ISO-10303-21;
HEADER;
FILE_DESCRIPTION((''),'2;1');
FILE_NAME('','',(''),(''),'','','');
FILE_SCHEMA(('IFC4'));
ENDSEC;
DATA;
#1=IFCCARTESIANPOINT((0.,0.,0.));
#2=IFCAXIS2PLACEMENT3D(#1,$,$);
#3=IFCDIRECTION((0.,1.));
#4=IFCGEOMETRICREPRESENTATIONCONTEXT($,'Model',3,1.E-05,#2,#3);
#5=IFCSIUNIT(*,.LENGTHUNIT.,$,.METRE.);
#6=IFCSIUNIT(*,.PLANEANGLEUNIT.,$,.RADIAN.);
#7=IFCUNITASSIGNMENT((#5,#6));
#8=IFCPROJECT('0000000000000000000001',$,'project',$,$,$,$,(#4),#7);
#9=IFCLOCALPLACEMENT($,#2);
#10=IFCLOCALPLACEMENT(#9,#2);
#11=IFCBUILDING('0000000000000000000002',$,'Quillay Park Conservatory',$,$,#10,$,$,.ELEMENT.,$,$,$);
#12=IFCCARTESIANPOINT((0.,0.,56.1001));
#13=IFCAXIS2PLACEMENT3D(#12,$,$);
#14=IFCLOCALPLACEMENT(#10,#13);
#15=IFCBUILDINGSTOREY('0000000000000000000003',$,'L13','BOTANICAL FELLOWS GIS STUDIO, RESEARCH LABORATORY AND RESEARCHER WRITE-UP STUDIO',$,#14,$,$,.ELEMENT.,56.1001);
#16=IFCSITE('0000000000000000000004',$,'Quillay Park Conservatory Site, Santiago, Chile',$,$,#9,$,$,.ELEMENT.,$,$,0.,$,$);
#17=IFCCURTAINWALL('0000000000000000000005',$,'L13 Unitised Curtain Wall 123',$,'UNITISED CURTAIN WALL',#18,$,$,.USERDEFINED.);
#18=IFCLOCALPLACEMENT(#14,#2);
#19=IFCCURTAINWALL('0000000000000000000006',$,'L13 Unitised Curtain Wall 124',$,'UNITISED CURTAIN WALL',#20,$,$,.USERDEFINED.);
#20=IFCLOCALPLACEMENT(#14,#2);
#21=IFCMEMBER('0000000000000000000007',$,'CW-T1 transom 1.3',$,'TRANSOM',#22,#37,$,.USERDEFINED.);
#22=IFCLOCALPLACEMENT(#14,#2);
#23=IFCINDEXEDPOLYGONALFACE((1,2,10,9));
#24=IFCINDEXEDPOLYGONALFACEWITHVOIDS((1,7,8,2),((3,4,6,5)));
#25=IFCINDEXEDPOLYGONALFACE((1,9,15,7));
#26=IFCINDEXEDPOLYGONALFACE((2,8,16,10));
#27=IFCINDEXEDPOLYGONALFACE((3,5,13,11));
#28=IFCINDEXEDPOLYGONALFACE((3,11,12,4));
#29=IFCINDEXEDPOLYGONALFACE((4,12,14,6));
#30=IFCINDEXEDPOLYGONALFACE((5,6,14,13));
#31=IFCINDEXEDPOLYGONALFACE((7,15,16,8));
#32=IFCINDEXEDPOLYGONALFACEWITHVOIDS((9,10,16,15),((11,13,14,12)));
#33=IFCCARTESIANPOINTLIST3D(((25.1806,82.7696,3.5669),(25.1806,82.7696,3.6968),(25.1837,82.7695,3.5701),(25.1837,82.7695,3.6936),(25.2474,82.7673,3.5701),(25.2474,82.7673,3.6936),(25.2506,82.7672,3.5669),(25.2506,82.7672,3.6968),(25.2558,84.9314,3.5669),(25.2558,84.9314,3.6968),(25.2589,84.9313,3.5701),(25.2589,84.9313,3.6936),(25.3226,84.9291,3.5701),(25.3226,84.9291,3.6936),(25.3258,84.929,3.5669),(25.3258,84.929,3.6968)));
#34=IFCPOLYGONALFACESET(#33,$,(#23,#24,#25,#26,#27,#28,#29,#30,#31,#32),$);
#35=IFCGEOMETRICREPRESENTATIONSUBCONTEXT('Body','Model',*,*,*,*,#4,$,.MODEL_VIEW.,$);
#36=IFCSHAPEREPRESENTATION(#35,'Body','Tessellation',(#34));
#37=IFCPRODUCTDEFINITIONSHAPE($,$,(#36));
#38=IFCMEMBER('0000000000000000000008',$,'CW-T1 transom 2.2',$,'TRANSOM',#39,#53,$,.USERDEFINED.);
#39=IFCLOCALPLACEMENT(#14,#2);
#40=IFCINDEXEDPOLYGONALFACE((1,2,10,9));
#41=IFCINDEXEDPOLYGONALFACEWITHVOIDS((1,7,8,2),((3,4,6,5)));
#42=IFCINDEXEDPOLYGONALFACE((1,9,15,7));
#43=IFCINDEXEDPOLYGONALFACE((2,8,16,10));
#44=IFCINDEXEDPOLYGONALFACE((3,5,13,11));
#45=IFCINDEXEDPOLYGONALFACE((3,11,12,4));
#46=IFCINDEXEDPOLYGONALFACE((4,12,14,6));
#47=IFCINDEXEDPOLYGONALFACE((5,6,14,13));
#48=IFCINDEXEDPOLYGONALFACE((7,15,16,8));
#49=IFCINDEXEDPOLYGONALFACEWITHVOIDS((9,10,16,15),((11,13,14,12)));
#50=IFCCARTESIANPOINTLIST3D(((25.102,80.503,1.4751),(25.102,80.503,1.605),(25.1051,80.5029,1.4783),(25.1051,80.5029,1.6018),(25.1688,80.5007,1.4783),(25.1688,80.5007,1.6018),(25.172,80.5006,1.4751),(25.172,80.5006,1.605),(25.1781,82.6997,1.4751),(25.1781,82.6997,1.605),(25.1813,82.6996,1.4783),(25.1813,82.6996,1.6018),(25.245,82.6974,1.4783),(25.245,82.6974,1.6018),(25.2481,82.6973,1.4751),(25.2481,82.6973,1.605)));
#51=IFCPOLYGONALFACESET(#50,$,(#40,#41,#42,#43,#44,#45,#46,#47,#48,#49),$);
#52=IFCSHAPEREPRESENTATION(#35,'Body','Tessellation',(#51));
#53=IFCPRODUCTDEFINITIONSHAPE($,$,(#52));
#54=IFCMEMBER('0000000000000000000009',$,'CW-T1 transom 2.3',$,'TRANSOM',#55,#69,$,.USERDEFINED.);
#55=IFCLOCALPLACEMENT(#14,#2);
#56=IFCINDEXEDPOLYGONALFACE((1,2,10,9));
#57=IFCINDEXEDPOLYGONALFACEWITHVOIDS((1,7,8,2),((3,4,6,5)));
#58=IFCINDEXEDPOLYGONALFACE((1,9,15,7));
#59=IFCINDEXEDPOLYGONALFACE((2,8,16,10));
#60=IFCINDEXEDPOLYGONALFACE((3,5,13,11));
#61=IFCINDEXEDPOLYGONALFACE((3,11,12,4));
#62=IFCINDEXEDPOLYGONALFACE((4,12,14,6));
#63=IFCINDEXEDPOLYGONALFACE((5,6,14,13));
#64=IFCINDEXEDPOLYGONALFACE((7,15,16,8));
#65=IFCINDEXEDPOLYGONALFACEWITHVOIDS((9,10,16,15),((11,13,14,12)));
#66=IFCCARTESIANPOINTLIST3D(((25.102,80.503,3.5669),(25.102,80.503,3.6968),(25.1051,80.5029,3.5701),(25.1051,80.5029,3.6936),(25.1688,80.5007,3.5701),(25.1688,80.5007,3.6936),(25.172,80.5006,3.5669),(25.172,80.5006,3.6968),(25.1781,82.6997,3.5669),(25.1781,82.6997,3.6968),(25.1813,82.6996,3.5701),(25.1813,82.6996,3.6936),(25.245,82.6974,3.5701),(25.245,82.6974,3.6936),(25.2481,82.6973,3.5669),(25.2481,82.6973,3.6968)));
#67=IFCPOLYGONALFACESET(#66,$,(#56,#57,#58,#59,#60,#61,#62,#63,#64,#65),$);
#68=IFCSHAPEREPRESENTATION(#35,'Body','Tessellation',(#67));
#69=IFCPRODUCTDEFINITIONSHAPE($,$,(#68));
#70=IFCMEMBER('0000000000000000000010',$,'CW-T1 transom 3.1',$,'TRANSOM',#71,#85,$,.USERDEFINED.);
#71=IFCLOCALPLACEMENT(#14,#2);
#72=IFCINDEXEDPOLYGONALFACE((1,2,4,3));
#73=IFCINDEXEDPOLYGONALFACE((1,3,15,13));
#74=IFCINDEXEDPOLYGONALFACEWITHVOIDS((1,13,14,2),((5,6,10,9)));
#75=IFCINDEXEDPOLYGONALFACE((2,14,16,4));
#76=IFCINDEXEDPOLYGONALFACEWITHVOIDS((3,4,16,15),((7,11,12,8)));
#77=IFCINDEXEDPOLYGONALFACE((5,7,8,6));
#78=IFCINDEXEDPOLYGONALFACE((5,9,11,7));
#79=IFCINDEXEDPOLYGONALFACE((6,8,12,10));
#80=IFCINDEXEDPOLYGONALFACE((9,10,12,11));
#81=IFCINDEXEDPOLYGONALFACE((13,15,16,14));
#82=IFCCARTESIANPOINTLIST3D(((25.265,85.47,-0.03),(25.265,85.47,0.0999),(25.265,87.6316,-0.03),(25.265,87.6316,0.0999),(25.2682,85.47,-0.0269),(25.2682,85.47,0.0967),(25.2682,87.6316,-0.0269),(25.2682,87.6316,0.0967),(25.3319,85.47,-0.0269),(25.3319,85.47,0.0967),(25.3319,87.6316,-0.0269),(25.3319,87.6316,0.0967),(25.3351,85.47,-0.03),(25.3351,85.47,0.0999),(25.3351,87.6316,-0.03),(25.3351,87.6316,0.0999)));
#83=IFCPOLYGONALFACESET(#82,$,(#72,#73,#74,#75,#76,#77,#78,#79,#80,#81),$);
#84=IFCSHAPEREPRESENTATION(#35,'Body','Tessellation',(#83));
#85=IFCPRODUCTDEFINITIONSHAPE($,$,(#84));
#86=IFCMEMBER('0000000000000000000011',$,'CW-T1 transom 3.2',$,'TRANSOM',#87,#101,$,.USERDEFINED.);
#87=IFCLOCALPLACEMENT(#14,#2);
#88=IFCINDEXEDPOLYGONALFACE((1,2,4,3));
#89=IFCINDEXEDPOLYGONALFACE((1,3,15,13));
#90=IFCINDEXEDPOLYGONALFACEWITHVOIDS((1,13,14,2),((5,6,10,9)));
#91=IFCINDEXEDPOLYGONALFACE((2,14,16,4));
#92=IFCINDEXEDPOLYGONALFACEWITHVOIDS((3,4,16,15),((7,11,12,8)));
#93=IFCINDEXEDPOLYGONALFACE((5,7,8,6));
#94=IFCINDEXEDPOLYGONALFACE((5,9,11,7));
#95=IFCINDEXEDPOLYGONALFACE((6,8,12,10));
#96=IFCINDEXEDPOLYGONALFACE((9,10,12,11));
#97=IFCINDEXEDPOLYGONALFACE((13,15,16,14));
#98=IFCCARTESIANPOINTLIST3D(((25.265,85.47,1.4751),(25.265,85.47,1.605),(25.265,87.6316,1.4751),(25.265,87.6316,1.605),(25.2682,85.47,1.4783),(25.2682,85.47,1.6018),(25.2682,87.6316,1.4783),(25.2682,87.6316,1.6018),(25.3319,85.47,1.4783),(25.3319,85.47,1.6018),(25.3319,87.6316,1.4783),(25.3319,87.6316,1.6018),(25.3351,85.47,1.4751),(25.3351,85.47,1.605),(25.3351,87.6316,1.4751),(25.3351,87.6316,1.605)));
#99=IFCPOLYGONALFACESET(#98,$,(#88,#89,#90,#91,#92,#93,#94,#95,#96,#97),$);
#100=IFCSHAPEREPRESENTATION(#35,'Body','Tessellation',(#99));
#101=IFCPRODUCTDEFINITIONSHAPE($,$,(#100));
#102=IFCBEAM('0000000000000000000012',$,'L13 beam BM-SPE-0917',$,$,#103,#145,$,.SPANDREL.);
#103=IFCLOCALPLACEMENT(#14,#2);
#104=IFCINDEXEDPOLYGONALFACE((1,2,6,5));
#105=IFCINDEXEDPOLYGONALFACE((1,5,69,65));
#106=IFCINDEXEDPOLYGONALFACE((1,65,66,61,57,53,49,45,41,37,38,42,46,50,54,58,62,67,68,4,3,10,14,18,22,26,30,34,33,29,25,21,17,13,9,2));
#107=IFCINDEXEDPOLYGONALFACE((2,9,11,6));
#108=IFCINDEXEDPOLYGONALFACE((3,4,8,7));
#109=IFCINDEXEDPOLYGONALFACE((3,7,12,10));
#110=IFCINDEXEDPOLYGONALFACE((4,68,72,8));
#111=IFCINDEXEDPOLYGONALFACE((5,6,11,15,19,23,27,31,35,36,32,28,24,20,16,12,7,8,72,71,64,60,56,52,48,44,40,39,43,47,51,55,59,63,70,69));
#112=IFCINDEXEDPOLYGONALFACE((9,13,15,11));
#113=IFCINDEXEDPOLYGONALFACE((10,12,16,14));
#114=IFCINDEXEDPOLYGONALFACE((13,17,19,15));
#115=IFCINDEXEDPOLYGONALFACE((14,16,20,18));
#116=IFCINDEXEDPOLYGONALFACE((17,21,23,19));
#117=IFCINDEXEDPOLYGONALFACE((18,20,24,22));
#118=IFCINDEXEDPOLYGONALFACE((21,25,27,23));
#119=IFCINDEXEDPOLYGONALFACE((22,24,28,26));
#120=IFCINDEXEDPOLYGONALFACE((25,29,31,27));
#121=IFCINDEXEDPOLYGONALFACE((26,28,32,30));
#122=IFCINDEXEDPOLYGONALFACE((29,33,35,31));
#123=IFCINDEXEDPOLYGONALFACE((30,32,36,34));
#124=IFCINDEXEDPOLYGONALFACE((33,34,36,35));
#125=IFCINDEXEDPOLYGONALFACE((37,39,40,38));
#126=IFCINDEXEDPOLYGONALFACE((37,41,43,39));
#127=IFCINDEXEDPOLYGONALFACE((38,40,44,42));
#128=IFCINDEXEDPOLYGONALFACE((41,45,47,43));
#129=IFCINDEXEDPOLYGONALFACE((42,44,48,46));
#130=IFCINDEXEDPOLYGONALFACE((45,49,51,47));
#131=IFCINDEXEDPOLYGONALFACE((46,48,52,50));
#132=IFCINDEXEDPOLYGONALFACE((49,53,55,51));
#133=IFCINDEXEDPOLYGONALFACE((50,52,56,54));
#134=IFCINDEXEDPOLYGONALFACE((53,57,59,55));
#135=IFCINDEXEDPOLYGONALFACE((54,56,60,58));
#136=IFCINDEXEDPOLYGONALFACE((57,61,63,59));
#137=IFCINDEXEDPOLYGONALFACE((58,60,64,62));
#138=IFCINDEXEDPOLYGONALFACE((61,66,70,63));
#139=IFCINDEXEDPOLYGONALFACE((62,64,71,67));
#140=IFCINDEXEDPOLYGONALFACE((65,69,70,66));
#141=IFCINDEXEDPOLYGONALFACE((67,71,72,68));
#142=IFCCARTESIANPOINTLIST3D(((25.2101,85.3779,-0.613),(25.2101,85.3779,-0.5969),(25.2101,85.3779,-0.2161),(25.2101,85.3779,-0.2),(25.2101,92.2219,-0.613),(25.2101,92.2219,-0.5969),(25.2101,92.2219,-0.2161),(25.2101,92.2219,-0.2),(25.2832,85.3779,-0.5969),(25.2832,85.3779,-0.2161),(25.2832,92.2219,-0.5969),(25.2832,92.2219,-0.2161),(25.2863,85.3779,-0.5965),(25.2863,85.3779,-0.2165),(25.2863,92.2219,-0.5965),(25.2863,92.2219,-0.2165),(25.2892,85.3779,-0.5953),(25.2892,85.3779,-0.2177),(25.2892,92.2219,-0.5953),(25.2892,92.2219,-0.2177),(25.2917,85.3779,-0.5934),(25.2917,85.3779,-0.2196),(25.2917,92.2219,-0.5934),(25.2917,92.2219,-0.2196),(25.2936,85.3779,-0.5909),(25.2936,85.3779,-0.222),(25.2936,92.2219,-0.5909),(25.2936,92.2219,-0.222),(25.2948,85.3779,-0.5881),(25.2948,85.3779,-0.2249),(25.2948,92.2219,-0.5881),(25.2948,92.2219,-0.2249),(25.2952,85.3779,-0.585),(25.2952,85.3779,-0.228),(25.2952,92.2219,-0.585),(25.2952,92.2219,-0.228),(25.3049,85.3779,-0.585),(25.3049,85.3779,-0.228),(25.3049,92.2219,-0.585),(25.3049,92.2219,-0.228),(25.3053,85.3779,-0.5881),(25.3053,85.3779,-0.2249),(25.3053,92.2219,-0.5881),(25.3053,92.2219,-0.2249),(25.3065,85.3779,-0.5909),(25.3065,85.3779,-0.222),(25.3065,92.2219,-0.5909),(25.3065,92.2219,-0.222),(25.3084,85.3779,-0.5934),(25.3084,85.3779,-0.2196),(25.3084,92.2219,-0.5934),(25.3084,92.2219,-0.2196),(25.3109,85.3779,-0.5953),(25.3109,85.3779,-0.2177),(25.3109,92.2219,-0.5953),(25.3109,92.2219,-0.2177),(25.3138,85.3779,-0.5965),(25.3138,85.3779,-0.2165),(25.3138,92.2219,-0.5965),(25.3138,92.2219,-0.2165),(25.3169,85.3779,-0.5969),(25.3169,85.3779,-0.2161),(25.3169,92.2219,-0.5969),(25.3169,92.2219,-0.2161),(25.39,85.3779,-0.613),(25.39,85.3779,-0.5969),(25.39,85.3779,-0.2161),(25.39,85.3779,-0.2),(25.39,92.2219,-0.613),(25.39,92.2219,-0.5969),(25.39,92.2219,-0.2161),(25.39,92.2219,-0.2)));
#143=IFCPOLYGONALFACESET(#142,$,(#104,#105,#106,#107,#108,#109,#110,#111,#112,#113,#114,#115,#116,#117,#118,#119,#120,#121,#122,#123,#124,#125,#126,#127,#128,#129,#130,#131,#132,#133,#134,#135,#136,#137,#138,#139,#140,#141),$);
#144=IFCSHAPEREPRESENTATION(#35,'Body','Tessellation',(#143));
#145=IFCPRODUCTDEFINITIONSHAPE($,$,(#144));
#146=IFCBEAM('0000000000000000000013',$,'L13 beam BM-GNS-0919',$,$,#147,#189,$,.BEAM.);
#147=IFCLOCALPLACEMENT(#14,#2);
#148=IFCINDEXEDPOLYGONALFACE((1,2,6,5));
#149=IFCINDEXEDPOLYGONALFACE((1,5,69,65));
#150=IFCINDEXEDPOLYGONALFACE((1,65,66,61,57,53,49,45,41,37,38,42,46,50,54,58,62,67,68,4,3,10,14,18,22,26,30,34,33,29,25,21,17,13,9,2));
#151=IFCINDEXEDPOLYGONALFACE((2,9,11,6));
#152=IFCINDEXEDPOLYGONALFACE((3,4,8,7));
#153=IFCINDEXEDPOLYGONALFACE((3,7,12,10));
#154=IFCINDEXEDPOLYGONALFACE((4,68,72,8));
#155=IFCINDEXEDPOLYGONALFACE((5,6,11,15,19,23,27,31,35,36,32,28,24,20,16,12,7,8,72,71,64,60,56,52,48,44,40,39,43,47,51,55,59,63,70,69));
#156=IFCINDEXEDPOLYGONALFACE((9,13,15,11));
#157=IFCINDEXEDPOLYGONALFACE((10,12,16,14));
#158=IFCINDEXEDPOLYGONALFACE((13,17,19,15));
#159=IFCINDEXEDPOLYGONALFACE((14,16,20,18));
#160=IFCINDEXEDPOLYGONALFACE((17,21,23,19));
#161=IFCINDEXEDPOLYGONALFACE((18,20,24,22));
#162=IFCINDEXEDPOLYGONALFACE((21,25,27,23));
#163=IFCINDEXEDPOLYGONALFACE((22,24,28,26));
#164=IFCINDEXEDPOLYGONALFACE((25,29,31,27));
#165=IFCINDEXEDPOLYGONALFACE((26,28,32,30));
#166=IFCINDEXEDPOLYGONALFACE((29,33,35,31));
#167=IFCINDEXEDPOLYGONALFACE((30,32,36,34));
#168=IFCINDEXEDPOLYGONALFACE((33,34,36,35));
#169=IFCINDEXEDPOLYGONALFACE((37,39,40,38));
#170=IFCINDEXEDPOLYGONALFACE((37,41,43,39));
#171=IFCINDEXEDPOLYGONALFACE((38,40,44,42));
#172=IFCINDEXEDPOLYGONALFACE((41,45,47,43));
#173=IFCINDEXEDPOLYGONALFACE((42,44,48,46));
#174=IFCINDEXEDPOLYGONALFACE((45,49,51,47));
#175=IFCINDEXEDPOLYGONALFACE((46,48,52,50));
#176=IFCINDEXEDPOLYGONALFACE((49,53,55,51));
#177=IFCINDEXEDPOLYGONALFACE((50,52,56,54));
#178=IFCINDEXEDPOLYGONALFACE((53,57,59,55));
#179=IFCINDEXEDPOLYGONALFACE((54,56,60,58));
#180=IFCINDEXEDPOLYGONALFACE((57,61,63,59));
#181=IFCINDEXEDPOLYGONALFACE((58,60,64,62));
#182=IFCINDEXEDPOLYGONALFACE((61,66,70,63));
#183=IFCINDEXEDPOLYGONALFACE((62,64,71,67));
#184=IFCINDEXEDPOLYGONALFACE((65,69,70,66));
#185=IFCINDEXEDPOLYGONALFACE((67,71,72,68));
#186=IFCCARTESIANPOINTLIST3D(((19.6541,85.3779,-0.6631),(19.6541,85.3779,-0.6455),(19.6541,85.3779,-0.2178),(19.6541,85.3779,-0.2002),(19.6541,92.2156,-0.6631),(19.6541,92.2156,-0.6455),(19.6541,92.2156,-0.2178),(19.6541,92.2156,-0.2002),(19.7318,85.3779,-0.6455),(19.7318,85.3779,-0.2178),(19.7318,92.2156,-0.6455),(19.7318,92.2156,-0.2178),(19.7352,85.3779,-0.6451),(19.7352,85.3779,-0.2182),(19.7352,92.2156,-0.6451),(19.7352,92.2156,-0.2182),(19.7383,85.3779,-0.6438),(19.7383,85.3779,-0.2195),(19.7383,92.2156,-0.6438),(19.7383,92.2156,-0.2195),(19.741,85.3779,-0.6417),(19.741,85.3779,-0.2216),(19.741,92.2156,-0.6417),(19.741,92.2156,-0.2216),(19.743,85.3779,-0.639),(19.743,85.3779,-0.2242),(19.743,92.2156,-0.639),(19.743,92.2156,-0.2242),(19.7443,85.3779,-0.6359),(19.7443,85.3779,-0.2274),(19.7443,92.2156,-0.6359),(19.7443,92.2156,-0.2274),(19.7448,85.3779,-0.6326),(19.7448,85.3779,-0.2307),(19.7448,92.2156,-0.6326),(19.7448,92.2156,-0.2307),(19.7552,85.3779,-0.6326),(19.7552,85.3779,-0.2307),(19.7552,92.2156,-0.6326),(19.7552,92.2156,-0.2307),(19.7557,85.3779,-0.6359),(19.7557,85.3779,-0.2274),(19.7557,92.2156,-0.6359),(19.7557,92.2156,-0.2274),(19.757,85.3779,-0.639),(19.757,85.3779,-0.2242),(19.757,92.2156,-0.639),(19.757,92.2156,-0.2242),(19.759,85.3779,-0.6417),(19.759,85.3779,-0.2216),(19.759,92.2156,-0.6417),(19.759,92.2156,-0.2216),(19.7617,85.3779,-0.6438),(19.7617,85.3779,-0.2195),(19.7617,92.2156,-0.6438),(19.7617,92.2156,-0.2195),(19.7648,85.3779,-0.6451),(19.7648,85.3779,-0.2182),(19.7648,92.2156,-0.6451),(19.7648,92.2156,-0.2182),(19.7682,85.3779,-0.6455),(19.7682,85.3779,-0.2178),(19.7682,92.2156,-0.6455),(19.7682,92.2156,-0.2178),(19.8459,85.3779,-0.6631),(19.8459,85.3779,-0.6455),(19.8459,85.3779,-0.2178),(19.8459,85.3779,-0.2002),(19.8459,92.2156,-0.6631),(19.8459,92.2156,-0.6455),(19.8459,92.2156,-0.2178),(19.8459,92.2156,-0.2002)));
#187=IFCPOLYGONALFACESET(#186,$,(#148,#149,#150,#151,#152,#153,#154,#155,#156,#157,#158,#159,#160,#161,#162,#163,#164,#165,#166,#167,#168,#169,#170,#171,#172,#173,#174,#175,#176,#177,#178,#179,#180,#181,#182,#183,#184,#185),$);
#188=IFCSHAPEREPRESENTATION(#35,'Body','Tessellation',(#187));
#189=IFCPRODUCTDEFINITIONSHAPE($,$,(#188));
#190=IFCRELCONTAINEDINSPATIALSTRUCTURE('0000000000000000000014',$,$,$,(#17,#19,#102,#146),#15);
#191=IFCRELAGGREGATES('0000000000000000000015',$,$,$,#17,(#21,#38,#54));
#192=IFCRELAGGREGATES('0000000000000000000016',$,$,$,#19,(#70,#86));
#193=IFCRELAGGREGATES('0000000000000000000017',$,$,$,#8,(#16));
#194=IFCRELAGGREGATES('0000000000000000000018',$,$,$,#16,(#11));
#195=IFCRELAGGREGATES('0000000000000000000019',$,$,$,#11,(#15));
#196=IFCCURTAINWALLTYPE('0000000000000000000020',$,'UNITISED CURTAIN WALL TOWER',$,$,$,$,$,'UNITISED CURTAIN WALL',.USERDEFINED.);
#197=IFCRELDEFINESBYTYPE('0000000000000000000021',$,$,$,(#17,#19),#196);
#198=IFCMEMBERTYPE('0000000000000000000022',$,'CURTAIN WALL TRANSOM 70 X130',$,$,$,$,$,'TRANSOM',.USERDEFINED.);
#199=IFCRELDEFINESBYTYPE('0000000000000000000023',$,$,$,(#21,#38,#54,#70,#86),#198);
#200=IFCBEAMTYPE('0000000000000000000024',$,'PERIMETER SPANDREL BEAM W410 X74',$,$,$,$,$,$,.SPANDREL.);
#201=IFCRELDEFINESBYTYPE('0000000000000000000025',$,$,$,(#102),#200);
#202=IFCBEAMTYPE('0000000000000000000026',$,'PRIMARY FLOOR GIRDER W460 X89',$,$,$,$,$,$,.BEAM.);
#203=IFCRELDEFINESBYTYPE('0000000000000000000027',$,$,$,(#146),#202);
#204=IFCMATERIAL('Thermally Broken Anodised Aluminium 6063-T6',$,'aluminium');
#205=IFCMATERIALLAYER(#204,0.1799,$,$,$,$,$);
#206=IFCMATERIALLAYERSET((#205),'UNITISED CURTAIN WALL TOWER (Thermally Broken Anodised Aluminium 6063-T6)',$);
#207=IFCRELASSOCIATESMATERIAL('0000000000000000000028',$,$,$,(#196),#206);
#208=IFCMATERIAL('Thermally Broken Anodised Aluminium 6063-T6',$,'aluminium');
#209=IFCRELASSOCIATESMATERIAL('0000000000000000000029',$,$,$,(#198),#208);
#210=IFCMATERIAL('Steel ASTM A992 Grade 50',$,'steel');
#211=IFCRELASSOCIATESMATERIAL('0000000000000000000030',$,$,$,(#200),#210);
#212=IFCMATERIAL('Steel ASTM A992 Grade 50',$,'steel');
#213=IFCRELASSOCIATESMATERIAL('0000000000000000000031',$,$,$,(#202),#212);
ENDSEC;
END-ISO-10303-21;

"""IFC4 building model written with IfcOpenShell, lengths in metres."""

from ifc_helpers import new_model, si_unit, direction, frame, origin, origin_2d, place, context, subcontext, project, spatial, hollow_rectangle, i_section, extrude, material, layer, layer_set, material_profile, profile_set, type_object, element, aggregate, save


model = new_model("IFC4")

# Units and contexts
model_context = context("Model", 3, precision=1e-05, world=origin(), true_north=direction((0.0, 1.0)))
body_context = subcontext(model_context, "Body", "Model", "MODEL_VIEW")
ifc_project = project(units=[si_unit("LENGTHUNIT", "METRE"), si_unit("PLANEANGLEUNIT", "RADIAN")], contexts=[model_context])

# Site, building, storey
site_placement = place(None, origin())
site = spatial("IfcSite", under=ifc_project, at=site_placement, Name="Quillay Park Conservatory Site, Santiago, Chile", CompositionType="ELEMENT", RefElevation=0.0)
building_placement = place(site_placement, origin())
building = spatial("IfcBuilding", under=site, at=building_placement, Name="Quillay Park Conservatory", CompositionType="ELEMENT")
storey_placement = place(building_placement, frame((0.0, 0.0, 56.1001)))
storey = spatial("IfcBuildingStorey", under=building, at=storey_placement, Name="L13", Description="BOTANICAL FELLOWS GIS STUDIO, RESEARCH LABORATORY AND RESEARCHER WRITE-UP STUDIO", CompositionType="ELEMENT", Elevation=56.1001)

# Curtain wall
ifc_material_1 = material(Name="Thermally Broken Anodised Aluminium 6063-T6", Category="aluminium")
ifc_layer_1 = layer(ifc_material_1, 0.1799)
ifc_layer_set_1 = layer_set([ifc_layer_1], Name="UNITISED CURTAIN WALL TOWER (Thermally Broken Anodised Aluminium 6063-T6)")
curtain_wall_type = type_object("IfcCurtainWallType", Name="UNITISED CURTAIN WALL TOWER", ElementType="UNITISED CURTAIN WALL", PredefinedType="USERDEFINED", material=ifc_layer_set_1)
curtain_wall_1_placement = place(storey_placement, origin())
curtain_wall_1 = element("IfcCurtainWall", 1, at=curtain_wall_1_placement, inside=storey, type_object=curtain_wall_type, Name="L13 Unitised Curtain Wall 123", ObjectType="UNITISED CURTAIN WALL", PredefinedType="USERDEFINED")

# Curtain wall
curtain_wall_2_placement = place(storey_placement, origin())
curtain_wall_2 = element("IfcCurtainWall", 2, at=curtain_wall_2_placement, inside=storey, type_object=curtain_wall_type, Name="L13 Unitised Curtain Wall 124", ObjectType="UNITISED CURTAIN WALL", PredefinedType="USERDEFINED")

# Members
ifc_material_2 = material(Name="Thermally Broken Anodised Aluminium 6063-T6", Category="aluminium")
ifc_material_profile_1 = material_profile(ifc_material_2, hollow_rectangle(XDim=0.0701, YDim=0.1299, WallThickness=0.0032, at=origin_2d()), Name="AL70x130x3.2")
ifc_profile_set_1 = profile_set([ifc_material_profile_1], Name="Thermally Broken Anodised Aluminium 6063-T6")
member_type_1 = type_object("IfcMemberType", Name="CURTAIN WALL TRANSOM 70 X130", ElementType="TRANSOM", PredefinedType="USERDEFINED", material=ifc_profile_set_1)
member_1_placement = place(storey_placement, frame((25.2908, 84.9302, 3.6318), z_axis=(-0.034762, -0.999396, 0.0), x_axis=(0.999396, -0.034762, 0.0)))
member_1 = element("IfcMember", 3, at=member_1_placement, type_object=member_type_1, Name="CW-T1 transom 1.3", ObjectType="TRANSOM", PredefinedType="USERDEFINED", context=body_context, shape_type="SweptSolid", body=[
    extrude(hollow_rectangle(XDim=0.0701, YDim=0.1299, WallThickness=0.0032, at=origin_2d()), origin(), (0.0, 0.0, 1.0), 2.1631),
])
member_2_placement = place(storey_placement, frame((25.2131, 82.6985, 1.54), z_axis=(-0.034654, -0.999399, 0.0), x_axis=(0.999399, -0.034654, 0.0)))
member_2 = element("IfcMember", 4, at=member_2_placement, type_object=member_type_1, Name="CW-T1 transom 2.2", ObjectType="TRANSOM", PredefinedType="USERDEFINED", context=body_context, shape_type="SweptSolid", body=[
    extrude(hollow_rectangle(XDim=0.0701, YDim=0.1299, WallThickness=0.0032, at=origin_2d()), origin(), (0.0, 0.0, 1.0), 2.198),
])
member_3_placement = place(storey_placement, frame((25.2131, 82.6985, 3.6318), z_axis=(-0.034654, -0.999399, 0.0), x_axis=(0.999399, -0.034654, 0.0)))
member_3 = element("IfcMember", 5, at=member_3_placement, type_object=member_type_1, Name="CW-T1 transom 2.3", ObjectType="TRANSOM", PredefinedType="USERDEFINED", context=body_context, shape_type="SweptSolid", body=[
    extrude(hollow_rectangle(XDim=0.0701, YDim=0.1299, WallThickness=0.0032, at=origin_2d()), origin(), (0.0, 0.0, 1.0), 2.198),
])
member_4_placement = place(storey_placement, frame((25.3, 87.6316, 0.0349), z_axis=(0.0, -1.0, 0.0), x_axis=(1.0, 0.0, 0.0)))
member_4 = element("IfcMember", 6, at=member_4_placement, type_object=member_type_1, Name="CW-T1 transom 3.1", ObjectType="TRANSOM", PredefinedType="USERDEFINED", context=body_context, shape_type="SweptSolid", body=[
    extrude(hollow_rectangle(XDim=0.0701, YDim=0.1299, WallThickness=0.0032, at=origin_2d()), origin(), (0.0, 0.0, 1.0), 2.1616),
])
member_5_placement = place(storey_placement, frame((25.3, 87.6316, 1.54), z_axis=(0.0, -1.0, 0.0), x_axis=(1.0, 0.0, 0.0)))
member_5 = element("IfcMember", 7, at=member_5_placement, type_object=member_type_1, Name="CW-T1 transom 3.2", ObjectType="TRANSOM", PredefinedType="USERDEFINED", context=body_context, shape_type="SweptSolid", body=[
    extrude(hollow_rectangle(XDim=0.0701, YDim=0.1299, WallThickness=0.0032, at=origin_2d()), origin(), (0.0, 0.0, 1.0), 2.1616),
])

# Beams
ifc_material_3 = material(Name="Steel ASTM A992 Grade 50", Category="steel")
ifc_material_profile_2 = material_profile(ifc_material_3, i_section(OverallWidth=0.1799, OverallDepth=0.4131, WebThickness=0.0098, FlangeThickness=0.0161, FilletRadius=0.012, at=origin_2d()), Name="W410x74")
ifc_profile_set_2 = profile_set([ifc_material_profile_2], Name="Steel ASTM A992 Grade 50")
beam_type_1 = type_object("IfcBeamType", Name="PERIMETER SPANDREL BEAM W410 X74", PredefinedType="SPANDREL", material=ifc_profile_set_2)
beam_1_placement = place(storey_placement, frame((25.3, 85.3779, -0.4065), z_axis=(0.0, 1.0, 0.0), x_axis=(-1.0, 0.0, 0.0)))
element("IfcBeam", 8, at=beam_1_placement, inside=storey, type_object=beam_type_1, Name="L13 beam BM-SPE-0917", PredefinedType="SPANDREL", context=body_context, shape_type="SweptSolid", body=[
    extrude(i_section(OverallWidth=0.1799, OverallDepth=0.4131, WebThickness=0.0098, FlangeThickness=0.0161, FilletRadius=0.012, at=origin_2d()), origin(), (0.0, 0.0, 1.0), 6.844),
])
ifc_material_4 = material(Name="Steel ASTM A992 Grade 50", Category="steel")
ifc_material_profile_3 = material_profile(ifc_material_4, i_section(OverallWidth=0.1919, OverallDepth=0.4629, WebThickness=0.0105, FlangeThickness=0.0176, FilletRadius=0.0129, at=origin_2d()), Name="W460x89")
ifc_profile_set_3 = profile_set([ifc_material_profile_3], Name="Steel ASTM A992 Grade 50")
beam_type_2 = type_object("IfcBeamType", Name="PRIMARY FLOOR GIRDER W460 X89", PredefinedType="BEAM", material=ifc_profile_set_3)
beam_2_placement = place(storey_placement, frame((19.75, 85.3779, -0.4316), z_axis=(0.0, 1.0, 0.0), x_axis=(-1.0, 0.0, 0.0)))
element("IfcBeam", 9, at=beam_2_placement, inside=storey, type_object=beam_type_2, Name="L13 beam BM-GNS-0919", PredefinedType="BEAM", context=body_context, shape_type="SweptSolid", body=[
    extrude(i_section(OverallWidth=0.1919, OverallDepth=0.4629, WebThickness=0.0105, FlangeThickness=0.0176, FilletRadius=0.0129, at=origin_2d()), origin(), (0.0, 0.0, 1.0), 6.8376),
])

aggregate(curtain_wall_1, [member_1, member_2, member_3])
aggregate(curtain_wall_2, [member_4, member_5])

save(model, "model.ifc")
